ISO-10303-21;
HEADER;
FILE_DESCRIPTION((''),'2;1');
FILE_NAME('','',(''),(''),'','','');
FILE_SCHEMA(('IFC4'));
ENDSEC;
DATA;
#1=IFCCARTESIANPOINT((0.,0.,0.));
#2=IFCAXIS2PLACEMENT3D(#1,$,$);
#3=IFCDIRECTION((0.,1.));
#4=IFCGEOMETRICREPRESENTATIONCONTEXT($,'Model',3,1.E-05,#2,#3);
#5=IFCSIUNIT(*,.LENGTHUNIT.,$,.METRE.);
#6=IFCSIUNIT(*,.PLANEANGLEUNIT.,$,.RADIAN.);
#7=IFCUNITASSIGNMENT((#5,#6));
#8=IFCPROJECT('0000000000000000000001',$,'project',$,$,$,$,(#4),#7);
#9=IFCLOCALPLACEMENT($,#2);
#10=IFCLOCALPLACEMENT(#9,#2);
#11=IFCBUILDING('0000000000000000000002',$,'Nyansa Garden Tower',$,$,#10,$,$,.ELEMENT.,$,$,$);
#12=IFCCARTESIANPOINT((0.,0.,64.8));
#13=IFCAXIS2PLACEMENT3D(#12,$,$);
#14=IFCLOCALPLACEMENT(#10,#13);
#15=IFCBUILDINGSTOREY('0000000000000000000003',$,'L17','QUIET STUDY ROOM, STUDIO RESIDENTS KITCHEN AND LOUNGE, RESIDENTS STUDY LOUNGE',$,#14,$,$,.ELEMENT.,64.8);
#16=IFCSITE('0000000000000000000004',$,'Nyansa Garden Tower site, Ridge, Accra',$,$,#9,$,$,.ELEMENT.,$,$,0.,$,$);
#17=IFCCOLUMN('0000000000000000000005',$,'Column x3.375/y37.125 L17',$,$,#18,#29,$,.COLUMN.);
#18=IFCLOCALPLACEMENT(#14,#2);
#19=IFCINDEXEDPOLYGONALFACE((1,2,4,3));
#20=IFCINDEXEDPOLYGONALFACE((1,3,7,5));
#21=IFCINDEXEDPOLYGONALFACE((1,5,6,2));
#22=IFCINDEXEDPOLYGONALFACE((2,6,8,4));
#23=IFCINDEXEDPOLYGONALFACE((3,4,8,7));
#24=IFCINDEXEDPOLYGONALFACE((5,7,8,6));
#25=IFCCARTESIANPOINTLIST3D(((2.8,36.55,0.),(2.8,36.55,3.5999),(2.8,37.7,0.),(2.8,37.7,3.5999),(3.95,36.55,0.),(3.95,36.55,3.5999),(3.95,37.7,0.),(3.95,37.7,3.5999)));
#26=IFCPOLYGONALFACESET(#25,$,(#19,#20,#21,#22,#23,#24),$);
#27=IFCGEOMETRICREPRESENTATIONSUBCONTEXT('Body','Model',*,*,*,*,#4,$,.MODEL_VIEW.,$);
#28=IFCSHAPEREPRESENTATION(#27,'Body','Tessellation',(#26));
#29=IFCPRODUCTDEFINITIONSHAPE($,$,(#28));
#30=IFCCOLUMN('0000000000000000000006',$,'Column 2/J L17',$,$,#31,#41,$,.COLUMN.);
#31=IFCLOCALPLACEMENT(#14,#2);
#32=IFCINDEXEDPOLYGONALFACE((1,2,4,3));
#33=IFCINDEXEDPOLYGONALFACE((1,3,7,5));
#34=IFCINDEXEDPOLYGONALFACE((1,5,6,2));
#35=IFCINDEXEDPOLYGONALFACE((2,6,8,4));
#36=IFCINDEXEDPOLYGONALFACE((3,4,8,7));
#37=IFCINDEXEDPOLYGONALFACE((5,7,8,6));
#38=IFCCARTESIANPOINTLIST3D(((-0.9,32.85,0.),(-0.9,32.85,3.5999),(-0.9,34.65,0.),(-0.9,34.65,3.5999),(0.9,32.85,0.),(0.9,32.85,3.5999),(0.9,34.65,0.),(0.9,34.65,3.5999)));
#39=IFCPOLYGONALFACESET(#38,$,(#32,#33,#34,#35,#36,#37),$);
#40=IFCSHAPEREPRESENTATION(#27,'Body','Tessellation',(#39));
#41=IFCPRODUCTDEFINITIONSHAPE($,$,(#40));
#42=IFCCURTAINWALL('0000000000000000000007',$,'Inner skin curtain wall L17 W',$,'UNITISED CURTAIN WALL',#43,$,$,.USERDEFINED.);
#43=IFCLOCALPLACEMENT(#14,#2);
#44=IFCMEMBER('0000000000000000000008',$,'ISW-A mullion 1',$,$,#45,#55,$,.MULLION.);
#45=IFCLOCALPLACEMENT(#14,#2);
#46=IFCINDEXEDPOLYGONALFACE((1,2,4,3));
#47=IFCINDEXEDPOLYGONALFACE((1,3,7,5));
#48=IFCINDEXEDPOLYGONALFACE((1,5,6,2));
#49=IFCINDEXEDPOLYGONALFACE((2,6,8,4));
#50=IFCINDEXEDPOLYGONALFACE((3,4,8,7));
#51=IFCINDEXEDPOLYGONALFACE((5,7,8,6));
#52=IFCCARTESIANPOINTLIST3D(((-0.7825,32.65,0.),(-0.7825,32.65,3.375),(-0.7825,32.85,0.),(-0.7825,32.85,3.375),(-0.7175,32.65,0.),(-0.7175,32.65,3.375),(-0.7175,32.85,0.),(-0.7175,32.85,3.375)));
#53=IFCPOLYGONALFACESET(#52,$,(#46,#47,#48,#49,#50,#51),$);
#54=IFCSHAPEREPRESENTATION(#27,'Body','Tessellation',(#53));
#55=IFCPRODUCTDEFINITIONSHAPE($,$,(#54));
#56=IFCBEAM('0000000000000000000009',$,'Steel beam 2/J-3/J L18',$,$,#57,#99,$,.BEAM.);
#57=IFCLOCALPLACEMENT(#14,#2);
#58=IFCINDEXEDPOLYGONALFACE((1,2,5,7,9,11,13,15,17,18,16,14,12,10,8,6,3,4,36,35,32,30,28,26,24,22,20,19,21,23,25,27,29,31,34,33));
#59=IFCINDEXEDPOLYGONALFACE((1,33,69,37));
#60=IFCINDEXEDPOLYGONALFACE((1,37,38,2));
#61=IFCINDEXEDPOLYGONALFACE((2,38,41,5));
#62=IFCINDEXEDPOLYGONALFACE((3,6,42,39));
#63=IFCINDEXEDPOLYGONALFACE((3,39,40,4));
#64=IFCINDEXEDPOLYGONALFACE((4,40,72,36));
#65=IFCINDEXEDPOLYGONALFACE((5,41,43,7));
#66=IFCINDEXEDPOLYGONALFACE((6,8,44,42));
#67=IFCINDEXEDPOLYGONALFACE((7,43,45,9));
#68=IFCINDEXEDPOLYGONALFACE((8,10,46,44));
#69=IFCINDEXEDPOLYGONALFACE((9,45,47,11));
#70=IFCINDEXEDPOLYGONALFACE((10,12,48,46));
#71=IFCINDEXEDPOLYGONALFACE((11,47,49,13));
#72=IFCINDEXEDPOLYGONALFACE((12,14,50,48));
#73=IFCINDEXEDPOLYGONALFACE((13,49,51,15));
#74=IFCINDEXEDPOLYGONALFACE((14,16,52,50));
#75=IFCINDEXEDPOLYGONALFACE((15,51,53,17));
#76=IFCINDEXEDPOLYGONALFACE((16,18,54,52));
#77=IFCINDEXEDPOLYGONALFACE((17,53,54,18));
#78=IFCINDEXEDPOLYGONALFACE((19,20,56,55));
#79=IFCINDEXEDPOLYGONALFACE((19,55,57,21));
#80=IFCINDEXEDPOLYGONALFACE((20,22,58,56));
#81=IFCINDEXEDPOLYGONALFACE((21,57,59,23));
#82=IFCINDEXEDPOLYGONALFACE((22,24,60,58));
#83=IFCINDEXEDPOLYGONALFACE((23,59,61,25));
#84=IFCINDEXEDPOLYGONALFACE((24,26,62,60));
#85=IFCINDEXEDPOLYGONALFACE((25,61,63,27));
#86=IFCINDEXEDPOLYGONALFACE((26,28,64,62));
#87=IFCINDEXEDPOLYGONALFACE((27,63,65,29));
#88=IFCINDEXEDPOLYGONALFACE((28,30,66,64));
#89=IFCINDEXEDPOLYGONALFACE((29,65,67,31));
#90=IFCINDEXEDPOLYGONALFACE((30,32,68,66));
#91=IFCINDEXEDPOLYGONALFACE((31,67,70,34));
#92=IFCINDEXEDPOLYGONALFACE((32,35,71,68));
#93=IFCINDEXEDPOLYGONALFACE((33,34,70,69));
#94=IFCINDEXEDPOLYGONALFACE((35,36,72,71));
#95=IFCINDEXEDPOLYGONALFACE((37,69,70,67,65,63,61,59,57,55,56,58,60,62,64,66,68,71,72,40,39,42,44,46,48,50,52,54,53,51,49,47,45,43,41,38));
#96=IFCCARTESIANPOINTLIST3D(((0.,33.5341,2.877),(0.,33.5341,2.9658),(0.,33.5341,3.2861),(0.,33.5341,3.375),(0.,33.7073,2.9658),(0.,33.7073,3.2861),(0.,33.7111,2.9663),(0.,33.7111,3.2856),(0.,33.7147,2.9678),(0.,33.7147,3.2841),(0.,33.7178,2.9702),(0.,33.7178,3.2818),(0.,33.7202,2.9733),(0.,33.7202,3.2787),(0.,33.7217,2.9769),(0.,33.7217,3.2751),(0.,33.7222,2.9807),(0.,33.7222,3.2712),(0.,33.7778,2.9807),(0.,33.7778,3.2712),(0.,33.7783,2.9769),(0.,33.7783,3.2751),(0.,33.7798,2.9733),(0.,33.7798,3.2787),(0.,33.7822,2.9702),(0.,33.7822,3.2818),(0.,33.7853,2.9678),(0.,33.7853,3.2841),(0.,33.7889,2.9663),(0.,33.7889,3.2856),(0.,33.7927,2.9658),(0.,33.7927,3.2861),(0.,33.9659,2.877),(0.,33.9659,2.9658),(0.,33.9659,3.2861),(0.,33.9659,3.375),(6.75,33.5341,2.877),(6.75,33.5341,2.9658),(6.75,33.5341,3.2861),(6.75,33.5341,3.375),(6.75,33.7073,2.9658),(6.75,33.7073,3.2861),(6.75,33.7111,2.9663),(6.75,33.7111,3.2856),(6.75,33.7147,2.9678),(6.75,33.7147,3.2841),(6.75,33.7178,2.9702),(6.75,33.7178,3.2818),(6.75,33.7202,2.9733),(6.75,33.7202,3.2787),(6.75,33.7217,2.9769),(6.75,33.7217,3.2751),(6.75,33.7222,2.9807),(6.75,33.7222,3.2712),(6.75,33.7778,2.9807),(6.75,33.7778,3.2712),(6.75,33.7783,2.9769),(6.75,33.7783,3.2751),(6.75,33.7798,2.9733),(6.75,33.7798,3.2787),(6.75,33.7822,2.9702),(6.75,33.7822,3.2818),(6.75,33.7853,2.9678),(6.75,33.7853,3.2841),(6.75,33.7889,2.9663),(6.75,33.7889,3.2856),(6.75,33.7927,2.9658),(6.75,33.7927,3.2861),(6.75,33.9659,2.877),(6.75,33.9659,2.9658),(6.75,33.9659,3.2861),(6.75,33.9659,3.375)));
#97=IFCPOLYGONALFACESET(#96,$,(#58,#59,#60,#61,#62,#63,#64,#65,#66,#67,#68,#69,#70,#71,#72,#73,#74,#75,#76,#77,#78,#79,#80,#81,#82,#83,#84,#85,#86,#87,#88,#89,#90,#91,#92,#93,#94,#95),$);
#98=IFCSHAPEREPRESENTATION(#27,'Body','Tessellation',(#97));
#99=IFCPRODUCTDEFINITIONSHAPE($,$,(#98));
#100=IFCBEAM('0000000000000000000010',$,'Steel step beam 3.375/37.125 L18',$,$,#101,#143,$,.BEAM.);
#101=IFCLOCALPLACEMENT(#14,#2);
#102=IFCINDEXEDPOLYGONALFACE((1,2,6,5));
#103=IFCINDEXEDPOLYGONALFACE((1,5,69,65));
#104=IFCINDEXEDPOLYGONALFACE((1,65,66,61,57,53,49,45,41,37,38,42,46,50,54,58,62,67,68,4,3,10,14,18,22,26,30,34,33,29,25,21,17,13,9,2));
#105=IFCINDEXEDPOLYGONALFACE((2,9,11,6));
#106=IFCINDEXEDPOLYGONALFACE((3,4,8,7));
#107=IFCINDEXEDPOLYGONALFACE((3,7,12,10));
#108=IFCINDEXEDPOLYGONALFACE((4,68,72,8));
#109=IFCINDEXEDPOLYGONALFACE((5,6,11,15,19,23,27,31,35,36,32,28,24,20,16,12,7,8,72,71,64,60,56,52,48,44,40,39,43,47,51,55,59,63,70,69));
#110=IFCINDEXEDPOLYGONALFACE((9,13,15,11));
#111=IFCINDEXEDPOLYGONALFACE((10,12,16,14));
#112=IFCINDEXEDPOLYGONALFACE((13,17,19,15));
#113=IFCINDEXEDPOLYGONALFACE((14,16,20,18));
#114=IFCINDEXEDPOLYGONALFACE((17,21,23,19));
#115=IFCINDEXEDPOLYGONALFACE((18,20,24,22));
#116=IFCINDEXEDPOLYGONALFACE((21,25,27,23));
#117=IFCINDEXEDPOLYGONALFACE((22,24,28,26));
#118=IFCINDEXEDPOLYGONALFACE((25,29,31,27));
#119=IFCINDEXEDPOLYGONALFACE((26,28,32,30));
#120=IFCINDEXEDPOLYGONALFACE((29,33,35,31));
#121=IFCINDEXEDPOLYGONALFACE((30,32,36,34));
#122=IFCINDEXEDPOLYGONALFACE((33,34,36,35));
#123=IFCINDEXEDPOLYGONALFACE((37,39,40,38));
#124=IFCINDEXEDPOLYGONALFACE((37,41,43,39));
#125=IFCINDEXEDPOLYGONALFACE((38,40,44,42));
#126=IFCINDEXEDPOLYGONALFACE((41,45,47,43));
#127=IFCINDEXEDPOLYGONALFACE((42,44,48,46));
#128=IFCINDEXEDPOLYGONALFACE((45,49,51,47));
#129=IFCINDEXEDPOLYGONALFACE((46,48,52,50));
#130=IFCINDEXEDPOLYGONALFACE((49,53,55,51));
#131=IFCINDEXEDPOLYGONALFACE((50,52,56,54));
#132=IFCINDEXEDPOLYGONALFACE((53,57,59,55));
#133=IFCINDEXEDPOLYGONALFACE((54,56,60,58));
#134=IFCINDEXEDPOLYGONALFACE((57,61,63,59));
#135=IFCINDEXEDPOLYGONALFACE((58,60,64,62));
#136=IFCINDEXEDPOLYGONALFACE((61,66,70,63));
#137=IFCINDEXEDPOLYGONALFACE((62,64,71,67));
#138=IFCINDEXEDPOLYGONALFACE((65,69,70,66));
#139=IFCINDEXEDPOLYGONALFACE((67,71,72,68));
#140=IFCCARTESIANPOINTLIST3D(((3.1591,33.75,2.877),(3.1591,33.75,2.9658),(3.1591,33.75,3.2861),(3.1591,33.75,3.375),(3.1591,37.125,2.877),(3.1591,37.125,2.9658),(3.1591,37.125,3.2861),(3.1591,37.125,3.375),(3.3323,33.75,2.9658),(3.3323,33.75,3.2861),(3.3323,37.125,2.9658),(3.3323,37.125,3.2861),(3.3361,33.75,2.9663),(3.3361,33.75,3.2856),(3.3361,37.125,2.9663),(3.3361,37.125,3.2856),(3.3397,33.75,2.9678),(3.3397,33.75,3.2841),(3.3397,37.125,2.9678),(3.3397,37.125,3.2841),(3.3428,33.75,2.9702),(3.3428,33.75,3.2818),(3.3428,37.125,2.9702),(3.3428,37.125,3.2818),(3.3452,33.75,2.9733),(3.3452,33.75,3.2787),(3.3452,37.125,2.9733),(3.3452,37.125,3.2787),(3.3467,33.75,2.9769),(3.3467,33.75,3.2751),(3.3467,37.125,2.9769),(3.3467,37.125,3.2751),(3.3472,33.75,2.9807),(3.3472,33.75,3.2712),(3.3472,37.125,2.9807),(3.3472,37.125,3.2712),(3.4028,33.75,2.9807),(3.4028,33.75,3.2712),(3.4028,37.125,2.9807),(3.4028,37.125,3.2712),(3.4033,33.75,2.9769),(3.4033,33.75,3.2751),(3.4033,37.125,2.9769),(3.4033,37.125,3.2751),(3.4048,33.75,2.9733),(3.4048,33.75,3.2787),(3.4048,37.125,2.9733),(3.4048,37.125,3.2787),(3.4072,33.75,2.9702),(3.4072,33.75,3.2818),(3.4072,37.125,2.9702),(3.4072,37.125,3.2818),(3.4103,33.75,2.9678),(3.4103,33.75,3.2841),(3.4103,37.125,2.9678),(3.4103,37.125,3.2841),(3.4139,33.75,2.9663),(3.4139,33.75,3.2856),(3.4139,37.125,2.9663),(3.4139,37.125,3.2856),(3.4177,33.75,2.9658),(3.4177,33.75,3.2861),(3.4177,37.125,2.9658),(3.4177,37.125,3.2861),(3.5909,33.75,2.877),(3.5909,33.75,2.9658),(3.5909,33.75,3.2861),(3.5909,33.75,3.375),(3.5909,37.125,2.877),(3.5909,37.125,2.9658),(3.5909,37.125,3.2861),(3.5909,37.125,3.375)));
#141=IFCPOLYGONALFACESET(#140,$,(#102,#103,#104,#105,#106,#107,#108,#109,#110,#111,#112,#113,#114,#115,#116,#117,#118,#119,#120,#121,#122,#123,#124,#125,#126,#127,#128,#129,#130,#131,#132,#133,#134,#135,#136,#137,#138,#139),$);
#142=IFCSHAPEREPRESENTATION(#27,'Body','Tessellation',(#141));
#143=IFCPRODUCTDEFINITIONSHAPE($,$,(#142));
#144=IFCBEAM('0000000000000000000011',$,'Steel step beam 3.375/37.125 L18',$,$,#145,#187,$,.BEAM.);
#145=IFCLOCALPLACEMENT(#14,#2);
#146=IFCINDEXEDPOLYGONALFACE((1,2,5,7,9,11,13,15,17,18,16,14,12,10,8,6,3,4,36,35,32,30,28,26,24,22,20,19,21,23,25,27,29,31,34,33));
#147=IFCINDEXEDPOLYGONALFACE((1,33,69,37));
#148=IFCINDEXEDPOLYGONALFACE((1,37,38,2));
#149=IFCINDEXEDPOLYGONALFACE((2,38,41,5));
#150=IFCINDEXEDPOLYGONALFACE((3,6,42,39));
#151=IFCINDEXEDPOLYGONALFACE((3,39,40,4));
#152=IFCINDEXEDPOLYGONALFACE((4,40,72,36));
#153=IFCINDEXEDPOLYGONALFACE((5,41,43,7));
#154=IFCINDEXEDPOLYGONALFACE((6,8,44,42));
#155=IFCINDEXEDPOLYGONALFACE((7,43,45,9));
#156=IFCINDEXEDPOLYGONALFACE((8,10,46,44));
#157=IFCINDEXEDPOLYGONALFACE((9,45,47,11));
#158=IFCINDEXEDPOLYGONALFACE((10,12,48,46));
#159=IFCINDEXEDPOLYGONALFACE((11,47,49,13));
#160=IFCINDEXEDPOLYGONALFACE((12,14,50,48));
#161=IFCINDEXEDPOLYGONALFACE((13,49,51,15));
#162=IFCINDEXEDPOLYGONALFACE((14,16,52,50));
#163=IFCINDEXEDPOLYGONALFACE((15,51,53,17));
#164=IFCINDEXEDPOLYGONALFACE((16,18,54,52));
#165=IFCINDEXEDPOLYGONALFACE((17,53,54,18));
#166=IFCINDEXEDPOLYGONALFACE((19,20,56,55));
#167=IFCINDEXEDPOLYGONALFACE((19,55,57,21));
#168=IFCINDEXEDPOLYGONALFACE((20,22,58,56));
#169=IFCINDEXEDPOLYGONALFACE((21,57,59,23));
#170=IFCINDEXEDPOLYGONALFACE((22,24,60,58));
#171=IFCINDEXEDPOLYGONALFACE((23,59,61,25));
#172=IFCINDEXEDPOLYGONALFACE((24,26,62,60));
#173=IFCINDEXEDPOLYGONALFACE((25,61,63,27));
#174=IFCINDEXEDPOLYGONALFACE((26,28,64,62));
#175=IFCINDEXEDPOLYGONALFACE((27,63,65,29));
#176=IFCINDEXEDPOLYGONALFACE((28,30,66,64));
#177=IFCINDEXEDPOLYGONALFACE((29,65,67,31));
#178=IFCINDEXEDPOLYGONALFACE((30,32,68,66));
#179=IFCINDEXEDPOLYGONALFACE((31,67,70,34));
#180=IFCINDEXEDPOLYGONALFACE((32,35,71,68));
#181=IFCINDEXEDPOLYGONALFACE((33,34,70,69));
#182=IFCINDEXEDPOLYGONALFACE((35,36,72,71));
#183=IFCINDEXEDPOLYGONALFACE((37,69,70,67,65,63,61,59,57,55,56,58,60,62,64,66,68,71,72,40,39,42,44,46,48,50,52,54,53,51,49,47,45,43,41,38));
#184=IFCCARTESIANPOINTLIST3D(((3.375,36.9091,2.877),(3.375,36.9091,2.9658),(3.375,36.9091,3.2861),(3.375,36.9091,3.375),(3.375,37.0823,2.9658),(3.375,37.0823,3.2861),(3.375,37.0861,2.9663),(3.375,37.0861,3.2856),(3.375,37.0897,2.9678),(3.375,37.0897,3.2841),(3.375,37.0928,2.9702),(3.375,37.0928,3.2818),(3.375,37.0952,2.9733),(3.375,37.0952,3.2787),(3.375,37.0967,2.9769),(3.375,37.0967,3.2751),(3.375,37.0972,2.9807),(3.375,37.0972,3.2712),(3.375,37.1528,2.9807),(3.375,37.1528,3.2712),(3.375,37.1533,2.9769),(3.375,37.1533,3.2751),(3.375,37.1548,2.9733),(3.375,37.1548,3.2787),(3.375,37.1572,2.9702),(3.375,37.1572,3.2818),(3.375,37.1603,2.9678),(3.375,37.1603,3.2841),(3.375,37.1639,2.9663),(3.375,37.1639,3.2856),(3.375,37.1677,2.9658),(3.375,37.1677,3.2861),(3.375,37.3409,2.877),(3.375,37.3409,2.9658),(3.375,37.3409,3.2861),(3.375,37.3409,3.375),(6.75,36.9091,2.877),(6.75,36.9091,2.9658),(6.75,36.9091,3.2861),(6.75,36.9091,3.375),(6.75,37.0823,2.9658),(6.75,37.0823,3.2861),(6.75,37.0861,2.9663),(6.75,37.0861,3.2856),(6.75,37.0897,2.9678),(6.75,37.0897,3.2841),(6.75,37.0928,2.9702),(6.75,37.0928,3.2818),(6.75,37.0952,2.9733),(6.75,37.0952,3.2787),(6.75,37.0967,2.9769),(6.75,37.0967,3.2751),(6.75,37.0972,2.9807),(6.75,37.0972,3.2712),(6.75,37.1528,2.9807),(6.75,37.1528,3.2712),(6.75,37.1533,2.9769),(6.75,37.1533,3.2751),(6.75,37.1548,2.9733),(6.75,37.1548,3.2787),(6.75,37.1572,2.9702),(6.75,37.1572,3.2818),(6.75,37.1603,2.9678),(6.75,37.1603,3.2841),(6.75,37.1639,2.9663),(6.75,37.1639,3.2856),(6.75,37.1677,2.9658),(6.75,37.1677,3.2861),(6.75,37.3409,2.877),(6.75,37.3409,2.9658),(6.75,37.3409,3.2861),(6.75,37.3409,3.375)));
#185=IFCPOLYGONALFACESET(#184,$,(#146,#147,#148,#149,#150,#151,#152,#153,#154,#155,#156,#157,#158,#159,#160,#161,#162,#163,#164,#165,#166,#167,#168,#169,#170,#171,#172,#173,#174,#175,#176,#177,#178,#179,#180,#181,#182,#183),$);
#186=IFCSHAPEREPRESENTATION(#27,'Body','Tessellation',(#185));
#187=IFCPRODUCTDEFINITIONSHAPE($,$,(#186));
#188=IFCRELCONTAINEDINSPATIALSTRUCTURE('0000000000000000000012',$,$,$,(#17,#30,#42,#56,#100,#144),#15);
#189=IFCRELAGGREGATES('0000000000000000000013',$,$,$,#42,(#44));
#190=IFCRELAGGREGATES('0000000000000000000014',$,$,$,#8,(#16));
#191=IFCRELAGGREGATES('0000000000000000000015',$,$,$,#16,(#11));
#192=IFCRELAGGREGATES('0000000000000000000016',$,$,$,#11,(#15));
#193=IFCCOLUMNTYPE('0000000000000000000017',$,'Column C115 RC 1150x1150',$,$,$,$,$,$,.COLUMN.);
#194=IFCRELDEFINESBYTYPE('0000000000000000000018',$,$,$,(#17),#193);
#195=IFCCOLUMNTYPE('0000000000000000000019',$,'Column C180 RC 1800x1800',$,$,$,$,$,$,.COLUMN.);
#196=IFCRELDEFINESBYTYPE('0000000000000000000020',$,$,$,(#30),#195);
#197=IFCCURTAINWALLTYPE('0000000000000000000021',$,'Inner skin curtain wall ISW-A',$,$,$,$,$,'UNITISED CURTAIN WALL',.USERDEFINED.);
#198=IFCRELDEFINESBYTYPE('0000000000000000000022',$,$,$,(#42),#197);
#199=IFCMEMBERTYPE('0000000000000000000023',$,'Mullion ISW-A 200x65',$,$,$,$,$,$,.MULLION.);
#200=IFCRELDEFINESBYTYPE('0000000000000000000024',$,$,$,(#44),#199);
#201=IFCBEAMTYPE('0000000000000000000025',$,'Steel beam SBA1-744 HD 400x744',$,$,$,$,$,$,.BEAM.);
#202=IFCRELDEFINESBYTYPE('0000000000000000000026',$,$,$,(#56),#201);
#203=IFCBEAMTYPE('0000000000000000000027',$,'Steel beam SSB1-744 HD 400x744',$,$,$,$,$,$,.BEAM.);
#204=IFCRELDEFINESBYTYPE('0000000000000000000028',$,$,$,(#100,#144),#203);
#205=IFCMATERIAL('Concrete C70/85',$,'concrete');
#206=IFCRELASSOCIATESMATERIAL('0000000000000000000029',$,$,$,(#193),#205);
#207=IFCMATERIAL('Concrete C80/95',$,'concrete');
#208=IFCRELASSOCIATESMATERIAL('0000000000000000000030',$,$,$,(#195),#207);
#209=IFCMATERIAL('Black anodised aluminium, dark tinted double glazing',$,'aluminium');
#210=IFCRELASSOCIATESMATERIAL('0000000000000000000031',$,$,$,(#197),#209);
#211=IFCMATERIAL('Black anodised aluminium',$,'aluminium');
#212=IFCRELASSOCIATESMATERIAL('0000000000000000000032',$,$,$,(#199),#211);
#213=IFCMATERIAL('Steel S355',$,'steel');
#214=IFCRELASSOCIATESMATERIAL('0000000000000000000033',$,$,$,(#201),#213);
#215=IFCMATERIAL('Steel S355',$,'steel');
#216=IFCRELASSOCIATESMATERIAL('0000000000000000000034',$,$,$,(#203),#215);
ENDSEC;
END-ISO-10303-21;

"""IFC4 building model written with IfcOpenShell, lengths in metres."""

from ifc_helpers import new_model, si_unit, direction, frame, origin, origin_2d, place, context, subcontext, project, spatial, rectangle, i_section, extrude, material, material_profile, profile_set, type_object, element, aggregate, save


model = new_model("IFC4")

# Units and contexts
model_context = context("Model", 3, precision=1e-05, world=origin(), true_north=direction((0.0, 1.0)))
body_context = subcontext(model_context, "Body", "Model", "MODEL_VIEW")
ifc_project = project(units=[si_unit("LENGTHUNIT", "METRE"), si_unit("PLANEANGLEUNIT", "RADIAN")], contexts=[model_context])

# Site, building, storey
site_placement = place(None, origin())
site = spatial("IfcSite", under=ifc_project, at=site_placement, Name="Nyansa Garden Tower site, Ridge, Accra", CompositionType="ELEMENT", RefElevation=0.0)
building_placement = place(site_placement, origin())
building = spatial("IfcBuilding", under=site, at=building_placement, Name="Nyansa Garden Tower", CompositionType="ELEMENT")
storey_placement = place(building_placement, frame((0.0, 0.0, 64.8)))
storey = spatial("IfcBuildingStorey", under=building, at=storey_placement, Name="L17", Description="QUIET STUDY ROOM, STUDIO RESIDENTS KITCHEN AND LOUNGE, RESIDENTS STUDY LOUNGE", CompositionType="ELEMENT", Elevation=64.8)

# Columns
ifc_material_1 = material(Name="Concrete C70/85", Category="concrete")
ifc_material_profile_1 = material_profile(ifc_material_1, rectangle(XDim=1.1499, YDim=1.1499, at=origin_2d()), Name="RC 1150x1150")
ifc_profile_set_1 = profile_set([ifc_material_profile_1], Name="Concrete C70/85")
column_type_1 = type_object("IfcColumnType", Name="Column C115 RC 1150x1150", PredefinedType="COLUMN", material=ifc_profile_set_1)
column_1_placement = place(storey_placement, frame((3.375, 37.125, 0.0), z_axis=(0.0, 0.0, 1.0), x_axis=(1.0, 0.0, 0.0)))
element("IfcColumn", 1, at=column_1_placement, inside=storey, type_object=column_type_1, Name="Column x3.375/y37.125 L17", PredefinedType="COLUMN", context=body_context, shape_type="SweptSolid", body=[
    extrude(rectangle(XDim=1.1499, YDim=1.1499, at=origin_2d()), origin(), (0.0, 0.0, 1.0), 3.5999),
])
ifc_material_2 = material(Name="Concrete C80/95", Category="concrete")
ifc_material_profile_2 = material_profile(ifc_material_2, rectangle(XDim=1.8, YDim=1.8, at=origin_2d()), Name="RC 1800x1800")
ifc_profile_set_2 = profile_set([ifc_material_profile_2], Name="Concrete C80/95")
column_type_2 = type_object("IfcColumnType", Name="Column C180 RC 1800x1800", PredefinedType="COLUMN", material=ifc_profile_set_2)
column_2_placement = place(storey_placement, frame((0.0, 33.75, 0.0), z_axis=(0.0, 0.0, 1.0), x_axis=(1.0, 0.0, 0.0)))
element("IfcColumn", 2, at=column_2_placement, inside=storey, type_object=column_type_2, Name="Column 2/J L17", PredefinedType="COLUMN", context=body_context, shape_type="SweptSolid", body=[
    extrude(rectangle(XDim=1.8, YDim=1.8, at=origin_2d()), origin(), (0.0, 0.0, 1.0), 3.5999),
])

# Curtain wall, member
ifc_material_3 = material(Name="Black anodised aluminium, dark tinted double glazing", Category="aluminium")
curtain_wall_type = type_object("IfcCurtainWallType", Name="Inner skin curtain wall ISW-A", ElementType="UNITISED CURTAIN WALL", PredefinedType="USERDEFINED", material=ifc_material_3)
curtain_wall_placement = place(storey_placement, origin())
curtain_wall = element("IfcCurtainWall", 3, at=curtain_wall_placement, inside=storey, type_object=curtain_wall_type, Name="Inner skin curtain wall L17 W", ObjectType="UNITISED CURTAIN WALL", PredefinedType="USERDEFINED")
ifc_material_4 = material(Name="Black anodised aluminium", Category="aluminium")
ifc_material_profile_3 = material_profile(ifc_material_4, rectangle(XDim=0.0649, YDim=0.2, at=origin_2d()), Name="Mullion 200x65")
ifc_profile_set_3 = profile_set([ifc_material_profile_3], Name="Black anodised aluminium")
member_type_1 = type_object("IfcMemberType", Name="Mullion ISW-A 200x65", PredefinedType="MULLION", material=ifc_profile_set_3)
member_1_placement = place(storey_placement, frame((-0.75, 32.75, 0.0), z_axis=(0.0, 0.0, 1.0), x_axis=(1.0, 0.0, 0.0)))
member_1 = element("IfcMember", 4, at=member_1_placement, type_object=member_type_1, Name="ISW-A mullion 1", PredefinedType="MULLION", context=body_context, shape_type="SweptSolid", body=[
    extrude(rectangle(XDim=0.0649, YDim=0.2, at=origin_2d()), origin(), (0.0, 0.0, 1.0), 3.375),
])

# Beams
ifc_material_5 = material(Name="Steel S355", Category="steel")
ifc_material_profile_4 = material_profile(ifc_material_5, i_section(OverallWidth=0.4319, OverallDepth=0.498, WebThickness=0.0557, FlangeThickness=0.0889, FilletRadius=0.0149, at=origin_2d()), Name="HD 400x744")
ifc_profile_set_4 = profile_set([ifc_material_profile_4], Name="Steel S355")
beam_type_1 = type_object("IfcBeamType", Name="Steel beam SBA1-744 HD 400x744", PredefinedType="BEAM", material=ifc_profile_set_4)
beam_placement = place(storey_placement, frame((0.0, 33.75, 3.126), z_axis=(1.0, 0.0, 0.0), x_axis=(0.0, 1.0, 0.0)))
element("IfcBeam", 5, at=beam_placement, inside=storey, type_object=beam_type_1, Name="Steel beam 2/J-3/J L18", PredefinedType="BEAM", context=body_context, shape_type="SweptSolid", body=[
    extrude(i_section(OverallWidth=0.4319, OverallDepth=0.498, WebThickness=0.0557, FlangeThickness=0.0889, FilletRadius=0.0149, at=origin_2d()), origin(), (0.0, 0.0, 1.0), 6.75),
])
ifc_material_6 = material(Name="Steel S355", Category="steel")
ifc_material_profile_5 = material_profile(ifc_material_6, i_section(OverallWidth=0.4319, OverallDepth=0.498, WebThickness=0.0557, FlangeThickness=0.0889, FilletRadius=0.0149, at=origin_2d()), Name="HD 400x744")
ifc_profile_set_5 = profile_set([ifc_material_profile_5], Name="Steel S355")
beam_type_2 = type_object("IfcBeamType", Name="Steel beam SSB1-744 HD 400x744", PredefinedType="BEAM", material=ifc_profile_set_5)
for number, where, z_axis, x_axis, name in (
    (6, (3.375, 37.125, 3.126), (0.0, -1.0, 0.0), (1.0, 0.0, 0.0), "Steel step beam 3.375/37.125 L18"),
    (7, (3.375, 37.125, 3.126), (1.0, 0.0, 0.0), (0.0, 1.0, 0.0), "Steel step beam 3.375/37.125 L18"),
):
    element("IfcBeam", number, at=place(storey_placement, frame(where, z_axis=z_axis, x_axis=x_axis)), inside=storey, type_object=beam_type_2, Name=name, PredefinedType="BEAM", context=body_context, shape_type="SweptSolid", body=[
        extrude(i_section(OverallWidth=0.4319, OverallDepth=0.498, WebThickness=0.0557, FlangeThickness=0.0889, FilletRadius=0.0149, at=origin_2d()), origin(), (0.0, 0.0, 1.0), 3.375),
    ])

aggregate(curtain_wall, [member_1])

save(model, "model.ifc")
